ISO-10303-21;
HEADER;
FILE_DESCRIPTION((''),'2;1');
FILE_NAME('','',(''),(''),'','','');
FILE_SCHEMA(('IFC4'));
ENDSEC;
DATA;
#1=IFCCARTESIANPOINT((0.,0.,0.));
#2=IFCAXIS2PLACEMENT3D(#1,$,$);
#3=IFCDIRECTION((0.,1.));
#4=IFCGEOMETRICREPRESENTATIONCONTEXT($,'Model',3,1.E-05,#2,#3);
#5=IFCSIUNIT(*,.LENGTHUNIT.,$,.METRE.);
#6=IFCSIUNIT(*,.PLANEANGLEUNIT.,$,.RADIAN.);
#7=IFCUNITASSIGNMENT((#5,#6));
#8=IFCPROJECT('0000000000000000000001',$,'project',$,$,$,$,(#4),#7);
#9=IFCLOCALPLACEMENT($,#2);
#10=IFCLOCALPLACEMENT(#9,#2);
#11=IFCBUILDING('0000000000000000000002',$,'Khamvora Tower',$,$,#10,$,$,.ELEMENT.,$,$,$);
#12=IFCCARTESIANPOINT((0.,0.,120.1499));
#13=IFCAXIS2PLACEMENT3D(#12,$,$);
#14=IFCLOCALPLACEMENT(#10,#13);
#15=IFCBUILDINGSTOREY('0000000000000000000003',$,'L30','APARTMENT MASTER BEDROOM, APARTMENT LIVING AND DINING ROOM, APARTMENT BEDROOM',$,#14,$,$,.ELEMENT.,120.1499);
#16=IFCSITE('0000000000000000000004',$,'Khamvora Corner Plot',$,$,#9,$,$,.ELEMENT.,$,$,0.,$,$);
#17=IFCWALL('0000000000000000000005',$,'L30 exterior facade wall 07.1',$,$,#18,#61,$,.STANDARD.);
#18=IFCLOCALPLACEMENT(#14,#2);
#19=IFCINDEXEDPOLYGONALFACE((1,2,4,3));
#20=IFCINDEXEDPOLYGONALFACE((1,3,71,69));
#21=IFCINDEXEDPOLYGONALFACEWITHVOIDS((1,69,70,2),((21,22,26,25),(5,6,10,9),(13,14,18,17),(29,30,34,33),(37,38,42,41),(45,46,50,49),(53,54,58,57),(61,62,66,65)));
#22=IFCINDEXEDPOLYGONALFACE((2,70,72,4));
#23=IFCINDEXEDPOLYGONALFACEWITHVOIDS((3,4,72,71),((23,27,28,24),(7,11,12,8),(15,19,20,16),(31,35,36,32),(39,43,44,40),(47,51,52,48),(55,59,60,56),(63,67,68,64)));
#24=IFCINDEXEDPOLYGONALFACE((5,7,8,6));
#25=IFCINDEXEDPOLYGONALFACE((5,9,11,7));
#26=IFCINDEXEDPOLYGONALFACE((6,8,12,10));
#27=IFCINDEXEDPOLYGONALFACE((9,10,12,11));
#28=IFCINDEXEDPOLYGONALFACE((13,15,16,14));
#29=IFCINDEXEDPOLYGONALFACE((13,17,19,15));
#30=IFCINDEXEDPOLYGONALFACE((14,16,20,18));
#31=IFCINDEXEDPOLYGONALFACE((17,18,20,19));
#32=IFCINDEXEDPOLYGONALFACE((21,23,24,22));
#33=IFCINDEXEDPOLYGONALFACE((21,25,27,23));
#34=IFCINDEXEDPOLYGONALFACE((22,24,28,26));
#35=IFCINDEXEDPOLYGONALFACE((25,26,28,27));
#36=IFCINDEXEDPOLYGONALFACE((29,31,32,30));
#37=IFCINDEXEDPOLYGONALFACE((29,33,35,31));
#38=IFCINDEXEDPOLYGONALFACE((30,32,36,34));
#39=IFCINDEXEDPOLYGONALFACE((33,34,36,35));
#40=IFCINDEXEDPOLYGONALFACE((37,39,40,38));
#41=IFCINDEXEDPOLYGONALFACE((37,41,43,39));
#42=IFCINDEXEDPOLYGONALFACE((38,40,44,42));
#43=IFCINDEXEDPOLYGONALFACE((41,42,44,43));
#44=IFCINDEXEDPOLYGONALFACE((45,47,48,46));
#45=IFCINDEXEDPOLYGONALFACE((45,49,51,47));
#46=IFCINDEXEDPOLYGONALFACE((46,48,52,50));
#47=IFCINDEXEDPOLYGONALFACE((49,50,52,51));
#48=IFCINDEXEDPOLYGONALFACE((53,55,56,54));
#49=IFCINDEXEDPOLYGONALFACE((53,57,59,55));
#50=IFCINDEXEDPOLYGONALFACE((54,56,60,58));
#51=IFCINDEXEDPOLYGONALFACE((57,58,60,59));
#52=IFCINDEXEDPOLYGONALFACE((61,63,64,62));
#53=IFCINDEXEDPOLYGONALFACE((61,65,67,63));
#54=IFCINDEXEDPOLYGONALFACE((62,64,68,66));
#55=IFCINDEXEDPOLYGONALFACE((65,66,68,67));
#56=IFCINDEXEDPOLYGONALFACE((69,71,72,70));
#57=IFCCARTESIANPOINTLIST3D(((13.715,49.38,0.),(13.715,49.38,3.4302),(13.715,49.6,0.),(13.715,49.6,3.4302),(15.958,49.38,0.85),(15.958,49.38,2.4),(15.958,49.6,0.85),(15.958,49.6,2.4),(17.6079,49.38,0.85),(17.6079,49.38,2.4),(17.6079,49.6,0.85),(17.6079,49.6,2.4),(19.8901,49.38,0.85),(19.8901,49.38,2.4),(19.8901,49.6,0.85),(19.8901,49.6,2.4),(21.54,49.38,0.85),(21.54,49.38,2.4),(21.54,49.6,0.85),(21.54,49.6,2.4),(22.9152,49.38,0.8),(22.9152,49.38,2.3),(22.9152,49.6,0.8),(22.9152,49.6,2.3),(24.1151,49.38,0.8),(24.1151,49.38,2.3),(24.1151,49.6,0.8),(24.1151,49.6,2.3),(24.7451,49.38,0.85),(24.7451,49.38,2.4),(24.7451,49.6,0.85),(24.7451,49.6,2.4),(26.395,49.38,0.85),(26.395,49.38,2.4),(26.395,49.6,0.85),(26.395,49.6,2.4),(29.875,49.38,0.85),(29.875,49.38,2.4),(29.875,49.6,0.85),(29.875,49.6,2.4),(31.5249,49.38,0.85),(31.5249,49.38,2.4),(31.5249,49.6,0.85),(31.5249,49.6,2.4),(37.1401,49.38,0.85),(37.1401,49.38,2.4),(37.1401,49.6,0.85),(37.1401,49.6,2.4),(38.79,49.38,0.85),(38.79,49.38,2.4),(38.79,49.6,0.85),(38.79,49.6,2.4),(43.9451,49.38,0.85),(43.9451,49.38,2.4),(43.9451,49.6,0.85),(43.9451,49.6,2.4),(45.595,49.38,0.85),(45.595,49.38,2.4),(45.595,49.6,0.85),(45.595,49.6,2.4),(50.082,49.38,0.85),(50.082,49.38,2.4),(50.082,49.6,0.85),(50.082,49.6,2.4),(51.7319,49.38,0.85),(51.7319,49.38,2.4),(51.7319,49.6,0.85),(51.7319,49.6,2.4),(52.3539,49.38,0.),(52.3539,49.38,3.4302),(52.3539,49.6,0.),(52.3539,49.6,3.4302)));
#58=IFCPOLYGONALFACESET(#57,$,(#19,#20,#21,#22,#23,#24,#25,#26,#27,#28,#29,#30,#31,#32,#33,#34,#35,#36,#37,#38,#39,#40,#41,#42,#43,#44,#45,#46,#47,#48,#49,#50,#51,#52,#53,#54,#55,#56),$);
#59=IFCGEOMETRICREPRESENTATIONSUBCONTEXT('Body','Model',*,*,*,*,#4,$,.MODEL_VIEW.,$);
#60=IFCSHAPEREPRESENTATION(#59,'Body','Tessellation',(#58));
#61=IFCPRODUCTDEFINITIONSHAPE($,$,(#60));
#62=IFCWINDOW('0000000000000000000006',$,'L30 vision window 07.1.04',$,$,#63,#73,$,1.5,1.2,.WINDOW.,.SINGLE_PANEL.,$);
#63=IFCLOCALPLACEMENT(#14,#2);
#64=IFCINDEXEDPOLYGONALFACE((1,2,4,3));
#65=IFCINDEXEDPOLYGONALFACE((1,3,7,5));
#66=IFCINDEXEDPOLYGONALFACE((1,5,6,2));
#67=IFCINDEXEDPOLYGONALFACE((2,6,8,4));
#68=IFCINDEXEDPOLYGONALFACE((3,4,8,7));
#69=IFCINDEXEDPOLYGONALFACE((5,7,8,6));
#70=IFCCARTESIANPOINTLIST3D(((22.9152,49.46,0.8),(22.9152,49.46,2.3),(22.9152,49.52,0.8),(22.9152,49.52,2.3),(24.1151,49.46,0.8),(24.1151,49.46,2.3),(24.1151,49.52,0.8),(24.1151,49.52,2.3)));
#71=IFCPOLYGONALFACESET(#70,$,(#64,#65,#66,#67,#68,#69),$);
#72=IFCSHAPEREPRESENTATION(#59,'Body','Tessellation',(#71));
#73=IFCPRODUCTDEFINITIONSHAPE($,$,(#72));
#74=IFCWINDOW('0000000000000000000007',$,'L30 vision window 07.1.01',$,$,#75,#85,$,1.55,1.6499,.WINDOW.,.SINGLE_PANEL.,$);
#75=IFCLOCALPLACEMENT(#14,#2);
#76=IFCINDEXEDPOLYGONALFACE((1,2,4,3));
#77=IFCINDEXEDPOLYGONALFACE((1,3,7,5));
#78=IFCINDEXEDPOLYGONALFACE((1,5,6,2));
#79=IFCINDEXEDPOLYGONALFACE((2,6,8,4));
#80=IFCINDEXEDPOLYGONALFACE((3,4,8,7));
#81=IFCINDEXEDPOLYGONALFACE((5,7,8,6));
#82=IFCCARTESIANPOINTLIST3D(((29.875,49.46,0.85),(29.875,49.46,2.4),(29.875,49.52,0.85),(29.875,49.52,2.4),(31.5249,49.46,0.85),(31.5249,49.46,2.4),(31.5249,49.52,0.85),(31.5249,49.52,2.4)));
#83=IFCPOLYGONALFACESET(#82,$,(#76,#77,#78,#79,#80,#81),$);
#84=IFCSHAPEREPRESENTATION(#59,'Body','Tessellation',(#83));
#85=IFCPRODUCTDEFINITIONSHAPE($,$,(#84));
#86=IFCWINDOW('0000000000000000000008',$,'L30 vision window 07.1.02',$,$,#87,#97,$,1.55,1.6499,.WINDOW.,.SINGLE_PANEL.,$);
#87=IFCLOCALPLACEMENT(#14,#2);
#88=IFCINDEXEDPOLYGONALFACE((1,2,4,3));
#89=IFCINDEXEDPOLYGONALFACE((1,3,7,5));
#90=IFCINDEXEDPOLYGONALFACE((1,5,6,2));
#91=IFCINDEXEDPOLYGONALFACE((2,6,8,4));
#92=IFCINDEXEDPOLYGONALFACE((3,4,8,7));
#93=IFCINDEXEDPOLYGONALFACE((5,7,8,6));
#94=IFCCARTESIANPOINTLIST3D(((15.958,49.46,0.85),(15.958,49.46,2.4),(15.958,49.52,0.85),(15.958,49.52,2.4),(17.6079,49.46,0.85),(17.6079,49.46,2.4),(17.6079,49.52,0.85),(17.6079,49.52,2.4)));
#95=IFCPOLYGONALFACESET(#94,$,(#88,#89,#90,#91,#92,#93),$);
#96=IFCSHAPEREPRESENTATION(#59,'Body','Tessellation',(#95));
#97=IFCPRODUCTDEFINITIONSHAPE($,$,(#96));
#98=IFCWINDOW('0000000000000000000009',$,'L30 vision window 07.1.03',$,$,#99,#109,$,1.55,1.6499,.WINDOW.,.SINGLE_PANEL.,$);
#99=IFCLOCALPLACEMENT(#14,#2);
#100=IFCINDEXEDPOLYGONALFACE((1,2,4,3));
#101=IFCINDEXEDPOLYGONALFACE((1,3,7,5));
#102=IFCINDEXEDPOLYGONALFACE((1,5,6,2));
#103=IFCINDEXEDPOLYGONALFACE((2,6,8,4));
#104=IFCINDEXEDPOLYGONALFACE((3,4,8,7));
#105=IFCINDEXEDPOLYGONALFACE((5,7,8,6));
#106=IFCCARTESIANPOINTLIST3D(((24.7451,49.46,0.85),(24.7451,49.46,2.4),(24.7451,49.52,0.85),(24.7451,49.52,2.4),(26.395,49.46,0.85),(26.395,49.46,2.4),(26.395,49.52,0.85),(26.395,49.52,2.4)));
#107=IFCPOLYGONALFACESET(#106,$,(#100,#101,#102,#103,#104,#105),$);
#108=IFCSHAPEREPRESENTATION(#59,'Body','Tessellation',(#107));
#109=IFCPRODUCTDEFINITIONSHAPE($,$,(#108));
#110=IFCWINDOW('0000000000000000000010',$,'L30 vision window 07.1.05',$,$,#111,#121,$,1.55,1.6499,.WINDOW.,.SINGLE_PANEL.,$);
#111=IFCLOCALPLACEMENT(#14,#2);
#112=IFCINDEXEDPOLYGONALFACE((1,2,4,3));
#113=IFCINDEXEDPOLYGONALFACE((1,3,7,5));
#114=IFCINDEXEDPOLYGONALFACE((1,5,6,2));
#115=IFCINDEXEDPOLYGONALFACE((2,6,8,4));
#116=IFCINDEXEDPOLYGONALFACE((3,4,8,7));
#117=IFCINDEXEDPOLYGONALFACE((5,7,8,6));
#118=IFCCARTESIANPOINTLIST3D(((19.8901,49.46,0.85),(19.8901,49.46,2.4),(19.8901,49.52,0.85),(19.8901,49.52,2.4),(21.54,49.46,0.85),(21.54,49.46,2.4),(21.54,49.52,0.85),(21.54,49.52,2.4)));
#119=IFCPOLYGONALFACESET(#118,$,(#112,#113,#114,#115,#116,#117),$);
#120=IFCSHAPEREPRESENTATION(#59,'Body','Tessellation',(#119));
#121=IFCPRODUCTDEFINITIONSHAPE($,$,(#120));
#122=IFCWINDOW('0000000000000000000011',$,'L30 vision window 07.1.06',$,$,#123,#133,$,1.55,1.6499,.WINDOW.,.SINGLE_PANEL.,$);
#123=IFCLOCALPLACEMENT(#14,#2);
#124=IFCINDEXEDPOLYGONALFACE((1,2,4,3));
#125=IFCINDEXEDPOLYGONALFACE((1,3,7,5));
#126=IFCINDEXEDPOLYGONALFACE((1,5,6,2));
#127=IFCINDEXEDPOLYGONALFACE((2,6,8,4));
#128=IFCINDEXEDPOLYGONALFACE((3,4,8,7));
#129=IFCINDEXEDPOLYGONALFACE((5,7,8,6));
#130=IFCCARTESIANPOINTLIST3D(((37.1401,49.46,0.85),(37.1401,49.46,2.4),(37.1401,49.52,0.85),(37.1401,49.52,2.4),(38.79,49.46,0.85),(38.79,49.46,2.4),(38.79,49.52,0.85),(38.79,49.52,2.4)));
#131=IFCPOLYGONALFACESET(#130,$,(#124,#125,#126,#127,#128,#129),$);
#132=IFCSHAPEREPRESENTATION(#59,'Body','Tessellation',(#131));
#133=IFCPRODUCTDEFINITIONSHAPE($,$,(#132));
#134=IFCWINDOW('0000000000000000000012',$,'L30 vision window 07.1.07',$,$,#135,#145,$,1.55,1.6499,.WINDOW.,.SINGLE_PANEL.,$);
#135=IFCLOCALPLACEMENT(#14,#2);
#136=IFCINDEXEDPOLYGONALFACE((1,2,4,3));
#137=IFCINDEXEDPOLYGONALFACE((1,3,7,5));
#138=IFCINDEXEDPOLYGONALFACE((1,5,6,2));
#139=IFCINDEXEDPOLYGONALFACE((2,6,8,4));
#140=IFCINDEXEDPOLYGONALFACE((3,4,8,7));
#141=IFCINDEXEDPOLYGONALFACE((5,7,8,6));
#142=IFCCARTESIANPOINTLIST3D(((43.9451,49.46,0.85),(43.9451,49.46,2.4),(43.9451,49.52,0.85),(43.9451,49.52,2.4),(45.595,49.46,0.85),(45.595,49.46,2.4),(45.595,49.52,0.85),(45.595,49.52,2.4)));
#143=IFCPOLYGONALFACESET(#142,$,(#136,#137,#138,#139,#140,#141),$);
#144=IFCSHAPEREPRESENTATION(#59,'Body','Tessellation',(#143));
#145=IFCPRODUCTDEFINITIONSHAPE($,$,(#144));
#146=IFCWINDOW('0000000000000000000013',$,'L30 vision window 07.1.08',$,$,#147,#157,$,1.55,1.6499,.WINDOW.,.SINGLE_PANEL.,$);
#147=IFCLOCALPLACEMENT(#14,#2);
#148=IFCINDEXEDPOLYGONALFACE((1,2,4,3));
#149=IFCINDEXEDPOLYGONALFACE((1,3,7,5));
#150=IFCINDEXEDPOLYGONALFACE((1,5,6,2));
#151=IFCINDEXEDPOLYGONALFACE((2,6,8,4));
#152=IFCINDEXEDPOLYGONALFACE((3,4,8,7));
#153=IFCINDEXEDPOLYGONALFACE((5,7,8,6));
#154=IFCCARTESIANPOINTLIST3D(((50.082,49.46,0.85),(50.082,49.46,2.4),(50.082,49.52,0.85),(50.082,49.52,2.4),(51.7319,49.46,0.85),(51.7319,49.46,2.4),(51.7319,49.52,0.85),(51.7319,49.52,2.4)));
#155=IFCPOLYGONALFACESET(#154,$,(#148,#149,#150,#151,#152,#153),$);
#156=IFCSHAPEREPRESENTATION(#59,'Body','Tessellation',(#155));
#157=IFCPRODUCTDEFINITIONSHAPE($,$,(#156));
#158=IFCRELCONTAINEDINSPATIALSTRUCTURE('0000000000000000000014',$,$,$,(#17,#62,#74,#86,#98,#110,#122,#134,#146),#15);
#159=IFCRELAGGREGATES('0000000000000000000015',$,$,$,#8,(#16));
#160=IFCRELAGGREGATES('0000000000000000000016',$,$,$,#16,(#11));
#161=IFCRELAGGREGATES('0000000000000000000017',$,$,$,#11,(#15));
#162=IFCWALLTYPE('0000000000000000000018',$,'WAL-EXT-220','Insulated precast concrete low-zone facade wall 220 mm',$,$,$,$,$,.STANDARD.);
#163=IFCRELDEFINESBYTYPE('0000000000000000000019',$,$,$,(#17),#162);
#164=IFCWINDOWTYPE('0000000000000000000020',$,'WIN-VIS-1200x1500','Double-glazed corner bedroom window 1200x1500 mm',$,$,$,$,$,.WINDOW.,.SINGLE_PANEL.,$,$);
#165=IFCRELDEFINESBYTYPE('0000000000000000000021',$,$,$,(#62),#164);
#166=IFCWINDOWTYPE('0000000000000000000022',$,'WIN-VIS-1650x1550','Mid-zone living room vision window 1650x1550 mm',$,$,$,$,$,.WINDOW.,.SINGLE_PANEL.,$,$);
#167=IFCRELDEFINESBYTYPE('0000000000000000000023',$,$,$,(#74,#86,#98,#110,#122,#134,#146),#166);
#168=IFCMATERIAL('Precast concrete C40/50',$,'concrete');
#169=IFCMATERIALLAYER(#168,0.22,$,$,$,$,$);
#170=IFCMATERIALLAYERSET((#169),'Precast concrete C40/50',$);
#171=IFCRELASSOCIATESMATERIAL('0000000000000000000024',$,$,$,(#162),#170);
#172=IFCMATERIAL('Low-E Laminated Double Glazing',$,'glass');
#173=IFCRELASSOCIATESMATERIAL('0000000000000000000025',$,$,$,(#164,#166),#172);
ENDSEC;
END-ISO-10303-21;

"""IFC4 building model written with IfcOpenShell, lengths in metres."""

from ifc_helpers import new_model, si_unit, direction, frame, frame_2d, origin, place, context, subcontext, project, spatial, rectangle, extrude, material, layer, layer_set, type_object, element, fill, save


model = new_model("IFC4")

# Units and contexts
model_context = context("Model", 3, precision=1e-05, world=origin(), true_north=direction((0.0, 1.0)))
body_context = subcontext(model_context, "Body", "Model", "MODEL_VIEW")
ifc_project = project(units=[si_unit("LENGTHUNIT", "METRE"), si_unit("PLANEANGLEUNIT", "RADIAN")], contexts=[model_context])

# Site, building, storey
site_placement = place(None, origin())
site = spatial("IfcSite", under=ifc_project, at=site_placement, Name="Khamvora Corner Plot", CompositionType="ELEMENT", RefElevation=0.0)
building_placement = place(site_placement, origin())
building = spatial("IfcBuilding", under=site, at=building_placement, Name="Khamvora Tower", CompositionType="ELEMENT")
storey_placement = place(building_placement, frame((0.0, 0.0, 120.1499)))
storey = spatial("IfcBuildingStorey", under=building, at=storey_placement, Name="L30", Description="APARTMENT MASTER BEDROOM, APARTMENT LIVING AND DINING ROOM, APARTMENT BEDROOM", CompositionType="ELEMENT", Elevation=120.1499)

# Shared definitions
ifc_material_1 = material(Name="Precast concrete C40/50", Category="concrete")
ifc_layer_1 = layer(ifc_material_1, 0.22)
ifc_layer_set_1 = layer_set([ifc_layer_1], Name="Precast concrete C40/50")
wall_type_1 = type_object("IfcWallType", Name="WAL-EXT-220", Description="Insulated precast concrete low-zone facade wall 220 mm", PredefinedType="STANDARD", material=ifc_layer_set_1)

# Wall, openings, windows
wall_1_placement = place(storey_placement, frame((13.7151, 49.49, 0.0), z_axis=(0.0, 0.0, 1.0), x_axis=(1.0, 0.0, 0.0)))
wall_1 = element("IfcWall", 1, at=wall_1_placement, inside=storey, type_object=wall_type_1, Name="L30 exterior facade wall 07.1", PredefinedType="STANDARD", context=body_context, shape_type="SweptSolid", body=[
    extrude(rectangle(XDim=38.6389, YDim=0.22, at=frame_2d((19.3193, 0.0))), origin(), (0.0, 0.0, 1.0), 3.4302),
])
opening_1_placement = place(wall_1_placement, frame((16.1599, 0.0, 0.8501)))
opening_1 = element("IfcOpeningElement", 2, at=opening_1_placement, cuts=wall_1, PredefinedType="OPENING", context=body_context, shape_type="SweptSolid", body=[
    extrude(rectangle(XDim=1.6499, YDim=1.55, at=frame_2d((0.825, 0.7749))), frame((0.0, 0.1199, 0.0), z_axis=(0.0, -1.0, 0.0), x_axis=(1.0, 0.0, 0.0)), (0.0, 0.0, 1.0), 0.24),
])
opening_2_placement = place(wall_1_placement, frame((2.2429, 0.0, 0.8501)))
opening_2 = element("IfcOpeningElement", 3, at=opening_2_placement, cuts=wall_1, PredefinedType="OPENING", context=body_context, shape_type="SweptSolid", body=[
    extrude(rectangle(XDim=1.6499, YDim=1.55, at=frame_2d((0.825, 0.7749))), frame((0.0, 0.1199, 0.0), z_axis=(0.0, -1.0, 0.0), x_axis=(1.0, 0.0, 0.0)), (0.0, 0.0, 1.0), 0.24),
])
opening_3_placement = place(wall_1_placement, frame((11.03, 0.0, 0.8501)))
opening_3 = element("IfcOpeningElement", 4, at=opening_3_placement, cuts=wall_1, PredefinedType="OPENING", context=body_context, shape_type="SweptSolid", body=[
    extrude(rectangle(XDim=1.6499, YDim=1.55, at=frame_2d((0.825, 0.7749))), frame((0.0, 0.1199, 0.0), z_axis=(0.0, -1.0, 0.0), x_axis=(1.0, 0.0, 0.0)), (0.0, 0.0, 1.0), 0.24),
])
opening_4_placement = place(wall_1_placement, frame((9.2, 0.0, 0.8)))
opening_4 = element("IfcOpeningElement", 5, at=opening_4_placement, cuts=wall_1, PredefinedType="OPENING", context=body_context, shape_type="SweptSolid", body=[
    extrude(rectangle(XDim=1.2, YDim=1.5, at=frame_2d((0.6001, 0.75))), frame((0.0, 0.1199, 0.0), z_axis=(0.0, -1.0, 0.0), x_axis=(1.0, 0.0, 0.0)), (0.0, 0.0, 1.0), 0.24),
])
opening_5_placement = place(wall_1_placement, frame((6.175, 0.0, 0.8501)))
opening_5 = element("IfcOpeningElement", 6, at=opening_5_placement, cuts=wall_1, PredefinedType="OPENING", context=body_context, shape_type="SweptSolid", body=[
    extrude(rectangle(XDim=1.6499, YDim=1.55, at=frame_2d((0.825, 0.7749))), frame((0.0, 0.1199, 0.0), z_axis=(0.0, -1.0, 0.0), x_axis=(1.0, 0.0, 0.0)), (0.0, 0.0, 1.0), 0.24),
])
opening_6_placement = place(wall_1_placement, frame((23.425, 0.0, 0.8501)))
opening_6 = element("IfcOpeningElement", 7, at=opening_6_placement, cuts=wall_1, PredefinedType="OPENING", context=body_context, shape_type="SweptSolid", body=[
    extrude(rectangle(XDim=1.6499, YDim=1.55, at=frame_2d((0.825, 0.7749))), frame((0.0, 0.1199, 0.0), z_axis=(0.0, -1.0, 0.0), x_axis=(1.0, 0.0, 0.0)), (0.0, 0.0, 1.0), 0.24),
])
opening_7_placement = place(wall_1_placement, frame((30.23, 0.0, 0.8501)))
opening_7 = element("IfcOpeningElement", 8, at=opening_7_placement, cuts=wall_1, PredefinedType="OPENING", context=body_context, shape_type="SweptSolid", body=[
    extrude(rectangle(XDim=1.6499, YDim=1.55, at=frame_2d((0.825, 0.7749))), frame((0.0, 0.1199, 0.0), z_axis=(0.0, -1.0, 0.0), x_axis=(1.0, 0.0, 0.0)), (0.0, 0.0, 1.0), 0.24),
])
opening_8_placement = place(wall_1_placement, frame((36.3669, 0.0, 0.8501)))
opening_8 = element("IfcOpeningElement", 9, at=opening_8_placement, cuts=wall_1, PredefinedType="OPENING", context=body_context, shape_type="SweptSolid", body=[
    extrude(rectangle(XDim=1.6499, YDim=1.55, at=frame_2d((0.825, 0.7749))), frame((0.0, 0.1199, 0.0), z_axis=(0.0, -1.0, 0.0), x_axis=(1.0, 0.0, 0.0)), (0.0, 0.0, 1.0), 0.24),
])
ifc_material_2 = material(Name="Low-E Laminated Double Glazing", Category="glass")
window_type_1 = type_object("IfcWindowType", Name="WIN-VIS-1200x1500", Description="Double-glazed corner bedroom window 1200x1500 mm", PartitioningType="SINGLE_PANEL", PredefinedType="WINDOW", material=ifc_material_2)
window_1_placement = place(opening_4_placement, origin())
window_1 = element("IfcWindow", 10, at=window_1_placement, inside=storey, type_object=window_type_1, Name="L30 vision window 07.1.04", OverallHeight=1.5, OverallWidth=1.2, PartitioningType="SINGLE_PANEL", PredefinedType="WINDOW", context=body_context, shape_type="SweptSolid", body=[
    extrude(rectangle(XDim=1.2, YDim=1.5, at=frame_2d((0.6001, 0.75))), frame((0.0, 0.03, 0.0), z_axis=(0.0, -1.0, 0.0), x_axis=(1.0, 0.0, 0.0)), (0.0, 0.0, 1.0), 0.0601),
])
fill(opening_4, window_1)
window_type_2 = type_object("IfcWindowType", Name="WIN-VIS-1650x1550", Description="Mid-zone living room vision window 1650x1550 mm", PartitioningType="SINGLE_PANEL", PredefinedType="WINDOW", material=ifc_material_2)
window_2_placement = place(opening_1_placement, origin())
window_2 = element("IfcWindow", 11, at=window_2_placement, inside=storey, type_object=window_type_2, Name="L30 vision window 07.1.01", OverallHeight=1.55, OverallWidth=1.6499, PartitioningType="SINGLE_PANEL", PredefinedType="WINDOW", context=body_context, shape_type="SweptSolid", body=[
    extrude(rectangle(XDim=1.6499, YDim=1.55, at=frame_2d((0.825, 0.7749))), frame((0.0, 0.03, 0.0), z_axis=(0.0, -1.0, 0.0), x_axis=(1.0, 0.0, 0.0)), (0.0, 0.0, 1.0), 0.0601),
])
fill(opening_1, window_2)
window_3_placement = place(opening_2_placement, origin())
window_3 = element("IfcWindow", 12, at=window_3_placement, inside=storey, type_object=window_type_2, Name="L30 vision window 07.1.02", OverallHeight=1.55, OverallWidth=1.6499, PartitioningType="SINGLE_PANEL", PredefinedType="WINDOW", context=body_context, shape_type="SweptSolid", body=[
    extrude(rectangle(XDim=1.6499, YDim=1.55, at=frame_2d((0.825, 0.7749))), frame((0.0, 0.03, 0.0), z_axis=(0.0, -1.0, 0.0), x_axis=(1.0, 0.0, 0.0)), (0.0, 0.0, 1.0), 0.0601),
])
fill(opening_2, window_3)
window_4_placement = place(opening_3_placement, origin())
window_4 = element("IfcWindow", 13, at=window_4_placement, inside=storey, type_object=window_type_2, Name="L30 vision window 07.1.03", OverallHeight=1.55, OverallWidth=1.6499, PartitioningType="SINGLE_PANEL", PredefinedType="WINDOW", context=body_context, shape_type="SweptSolid", body=[
    extrude(rectangle(XDim=1.6499, YDim=1.55, at=frame_2d((0.825, 0.7749))), frame((0.0, 0.03, 0.0), z_axis=(0.0, -1.0, 0.0), x_axis=(1.0, 0.0, 0.0)), (0.0, 0.0, 1.0), 0.0601),
])
fill(opening_3, window_4)
window_5_placement = place(opening_5_placement, origin())
window_5 = element("IfcWindow", 14, at=window_5_placement, inside=storey, type_object=window_type_2, Name="L30 vision window 07.1.05", OverallHeight=1.55, OverallWidth=1.6499, PartitioningType="SINGLE_PANEL", PredefinedType="WINDOW", context=body_context, shape_type="SweptSolid", body=[
    extrude(rectangle(XDim=1.6499, YDim=1.55, at=frame_2d((0.825, 0.7749))), frame((0.0, 0.03, 0.0), z_axis=(0.0, -1.0, 0.0), x_axis=(1.0, 0.0, 0.0)), (0.0, 0.0, 1.0), 0.0601),
])
fill(opening_5, window_5)
window_6_placement = place(opening_6_placement, origin())
window_6 = element("IfcWindow", 15, at=window_6_placement, inside=storey, type_object=window_type_2, Name="L30 vision window 07.1.06", OverallHeight=1.55, OverallWidth=1.6499, PartitioningType="SINGLE_PANEL", PredefinedType="WINDOW", context=body_context, shape_type="SweptSolid", body=[
    extrude(rectangle(XDim=1.6499, YDim=1.55, at=frame_2d((0.825, 0.7749))), frame((0.0, 0.03, 0.0), z_axis=(0.0, -1.0, 0.0), x_axis=(1.0, 0.0, 0.0)), (0.0, 0.0, 1.0), 0.0601),
])
fill(opening_6, window_6)
window_7_placement = place(opening_7_placement, origin())
window_7 = element("IfcWindow", 16, at=window_7_placement, inside=storey, type_object=window_type_2, Name="L30 vision window 07.1.07", OverallHeight=1.55, OverallWidth=1.6499, PartitioningType="SINGLE_PANEL", PredefinedType="WINDOW", context=body_context, shape_type="SweptSolid", body=[
    extrude(rectangle(XDim=1.6499, YDim=1.55, at=frame_2d((0.825, 0.7749))), frame((0.0, 0.03, 0.0), z_axis=(0.0, -1.0, 0.0), x_axis=(1.0, 0.0, 0.0)), (0.0, 0.0, 1.0), 0.0601),
])
fill(opening_7, window_7)
window_8_placement = place(opening_8_placement, origin())
window_8 = element("IfcWindow", 17, at=window_8_placement, inside=storey, type_object=window_type_2, Name="L30 vision window 07.1.08", OverallHeight=1.55, OverallWidth=1.6499, PartitioningType="SINGLE_PANEL", PredefinedType="WINDOW", context=body_context, shape_type="SweptSolid", body=[
    extrude(rectangle(XDim=1.6499, YDim=1.55, at=frame_2d((0.825, 0.7749))), frame((0.0, 0.03, 0.0), z_axis=(0.0, -1.0, 0.0), x_axis=(1.0, 0.0, 0.0)), (0.0, 0.0, 1.0), 0.0601),
])
fill(opening_8, window_8)

save(model, "model.ifc")
